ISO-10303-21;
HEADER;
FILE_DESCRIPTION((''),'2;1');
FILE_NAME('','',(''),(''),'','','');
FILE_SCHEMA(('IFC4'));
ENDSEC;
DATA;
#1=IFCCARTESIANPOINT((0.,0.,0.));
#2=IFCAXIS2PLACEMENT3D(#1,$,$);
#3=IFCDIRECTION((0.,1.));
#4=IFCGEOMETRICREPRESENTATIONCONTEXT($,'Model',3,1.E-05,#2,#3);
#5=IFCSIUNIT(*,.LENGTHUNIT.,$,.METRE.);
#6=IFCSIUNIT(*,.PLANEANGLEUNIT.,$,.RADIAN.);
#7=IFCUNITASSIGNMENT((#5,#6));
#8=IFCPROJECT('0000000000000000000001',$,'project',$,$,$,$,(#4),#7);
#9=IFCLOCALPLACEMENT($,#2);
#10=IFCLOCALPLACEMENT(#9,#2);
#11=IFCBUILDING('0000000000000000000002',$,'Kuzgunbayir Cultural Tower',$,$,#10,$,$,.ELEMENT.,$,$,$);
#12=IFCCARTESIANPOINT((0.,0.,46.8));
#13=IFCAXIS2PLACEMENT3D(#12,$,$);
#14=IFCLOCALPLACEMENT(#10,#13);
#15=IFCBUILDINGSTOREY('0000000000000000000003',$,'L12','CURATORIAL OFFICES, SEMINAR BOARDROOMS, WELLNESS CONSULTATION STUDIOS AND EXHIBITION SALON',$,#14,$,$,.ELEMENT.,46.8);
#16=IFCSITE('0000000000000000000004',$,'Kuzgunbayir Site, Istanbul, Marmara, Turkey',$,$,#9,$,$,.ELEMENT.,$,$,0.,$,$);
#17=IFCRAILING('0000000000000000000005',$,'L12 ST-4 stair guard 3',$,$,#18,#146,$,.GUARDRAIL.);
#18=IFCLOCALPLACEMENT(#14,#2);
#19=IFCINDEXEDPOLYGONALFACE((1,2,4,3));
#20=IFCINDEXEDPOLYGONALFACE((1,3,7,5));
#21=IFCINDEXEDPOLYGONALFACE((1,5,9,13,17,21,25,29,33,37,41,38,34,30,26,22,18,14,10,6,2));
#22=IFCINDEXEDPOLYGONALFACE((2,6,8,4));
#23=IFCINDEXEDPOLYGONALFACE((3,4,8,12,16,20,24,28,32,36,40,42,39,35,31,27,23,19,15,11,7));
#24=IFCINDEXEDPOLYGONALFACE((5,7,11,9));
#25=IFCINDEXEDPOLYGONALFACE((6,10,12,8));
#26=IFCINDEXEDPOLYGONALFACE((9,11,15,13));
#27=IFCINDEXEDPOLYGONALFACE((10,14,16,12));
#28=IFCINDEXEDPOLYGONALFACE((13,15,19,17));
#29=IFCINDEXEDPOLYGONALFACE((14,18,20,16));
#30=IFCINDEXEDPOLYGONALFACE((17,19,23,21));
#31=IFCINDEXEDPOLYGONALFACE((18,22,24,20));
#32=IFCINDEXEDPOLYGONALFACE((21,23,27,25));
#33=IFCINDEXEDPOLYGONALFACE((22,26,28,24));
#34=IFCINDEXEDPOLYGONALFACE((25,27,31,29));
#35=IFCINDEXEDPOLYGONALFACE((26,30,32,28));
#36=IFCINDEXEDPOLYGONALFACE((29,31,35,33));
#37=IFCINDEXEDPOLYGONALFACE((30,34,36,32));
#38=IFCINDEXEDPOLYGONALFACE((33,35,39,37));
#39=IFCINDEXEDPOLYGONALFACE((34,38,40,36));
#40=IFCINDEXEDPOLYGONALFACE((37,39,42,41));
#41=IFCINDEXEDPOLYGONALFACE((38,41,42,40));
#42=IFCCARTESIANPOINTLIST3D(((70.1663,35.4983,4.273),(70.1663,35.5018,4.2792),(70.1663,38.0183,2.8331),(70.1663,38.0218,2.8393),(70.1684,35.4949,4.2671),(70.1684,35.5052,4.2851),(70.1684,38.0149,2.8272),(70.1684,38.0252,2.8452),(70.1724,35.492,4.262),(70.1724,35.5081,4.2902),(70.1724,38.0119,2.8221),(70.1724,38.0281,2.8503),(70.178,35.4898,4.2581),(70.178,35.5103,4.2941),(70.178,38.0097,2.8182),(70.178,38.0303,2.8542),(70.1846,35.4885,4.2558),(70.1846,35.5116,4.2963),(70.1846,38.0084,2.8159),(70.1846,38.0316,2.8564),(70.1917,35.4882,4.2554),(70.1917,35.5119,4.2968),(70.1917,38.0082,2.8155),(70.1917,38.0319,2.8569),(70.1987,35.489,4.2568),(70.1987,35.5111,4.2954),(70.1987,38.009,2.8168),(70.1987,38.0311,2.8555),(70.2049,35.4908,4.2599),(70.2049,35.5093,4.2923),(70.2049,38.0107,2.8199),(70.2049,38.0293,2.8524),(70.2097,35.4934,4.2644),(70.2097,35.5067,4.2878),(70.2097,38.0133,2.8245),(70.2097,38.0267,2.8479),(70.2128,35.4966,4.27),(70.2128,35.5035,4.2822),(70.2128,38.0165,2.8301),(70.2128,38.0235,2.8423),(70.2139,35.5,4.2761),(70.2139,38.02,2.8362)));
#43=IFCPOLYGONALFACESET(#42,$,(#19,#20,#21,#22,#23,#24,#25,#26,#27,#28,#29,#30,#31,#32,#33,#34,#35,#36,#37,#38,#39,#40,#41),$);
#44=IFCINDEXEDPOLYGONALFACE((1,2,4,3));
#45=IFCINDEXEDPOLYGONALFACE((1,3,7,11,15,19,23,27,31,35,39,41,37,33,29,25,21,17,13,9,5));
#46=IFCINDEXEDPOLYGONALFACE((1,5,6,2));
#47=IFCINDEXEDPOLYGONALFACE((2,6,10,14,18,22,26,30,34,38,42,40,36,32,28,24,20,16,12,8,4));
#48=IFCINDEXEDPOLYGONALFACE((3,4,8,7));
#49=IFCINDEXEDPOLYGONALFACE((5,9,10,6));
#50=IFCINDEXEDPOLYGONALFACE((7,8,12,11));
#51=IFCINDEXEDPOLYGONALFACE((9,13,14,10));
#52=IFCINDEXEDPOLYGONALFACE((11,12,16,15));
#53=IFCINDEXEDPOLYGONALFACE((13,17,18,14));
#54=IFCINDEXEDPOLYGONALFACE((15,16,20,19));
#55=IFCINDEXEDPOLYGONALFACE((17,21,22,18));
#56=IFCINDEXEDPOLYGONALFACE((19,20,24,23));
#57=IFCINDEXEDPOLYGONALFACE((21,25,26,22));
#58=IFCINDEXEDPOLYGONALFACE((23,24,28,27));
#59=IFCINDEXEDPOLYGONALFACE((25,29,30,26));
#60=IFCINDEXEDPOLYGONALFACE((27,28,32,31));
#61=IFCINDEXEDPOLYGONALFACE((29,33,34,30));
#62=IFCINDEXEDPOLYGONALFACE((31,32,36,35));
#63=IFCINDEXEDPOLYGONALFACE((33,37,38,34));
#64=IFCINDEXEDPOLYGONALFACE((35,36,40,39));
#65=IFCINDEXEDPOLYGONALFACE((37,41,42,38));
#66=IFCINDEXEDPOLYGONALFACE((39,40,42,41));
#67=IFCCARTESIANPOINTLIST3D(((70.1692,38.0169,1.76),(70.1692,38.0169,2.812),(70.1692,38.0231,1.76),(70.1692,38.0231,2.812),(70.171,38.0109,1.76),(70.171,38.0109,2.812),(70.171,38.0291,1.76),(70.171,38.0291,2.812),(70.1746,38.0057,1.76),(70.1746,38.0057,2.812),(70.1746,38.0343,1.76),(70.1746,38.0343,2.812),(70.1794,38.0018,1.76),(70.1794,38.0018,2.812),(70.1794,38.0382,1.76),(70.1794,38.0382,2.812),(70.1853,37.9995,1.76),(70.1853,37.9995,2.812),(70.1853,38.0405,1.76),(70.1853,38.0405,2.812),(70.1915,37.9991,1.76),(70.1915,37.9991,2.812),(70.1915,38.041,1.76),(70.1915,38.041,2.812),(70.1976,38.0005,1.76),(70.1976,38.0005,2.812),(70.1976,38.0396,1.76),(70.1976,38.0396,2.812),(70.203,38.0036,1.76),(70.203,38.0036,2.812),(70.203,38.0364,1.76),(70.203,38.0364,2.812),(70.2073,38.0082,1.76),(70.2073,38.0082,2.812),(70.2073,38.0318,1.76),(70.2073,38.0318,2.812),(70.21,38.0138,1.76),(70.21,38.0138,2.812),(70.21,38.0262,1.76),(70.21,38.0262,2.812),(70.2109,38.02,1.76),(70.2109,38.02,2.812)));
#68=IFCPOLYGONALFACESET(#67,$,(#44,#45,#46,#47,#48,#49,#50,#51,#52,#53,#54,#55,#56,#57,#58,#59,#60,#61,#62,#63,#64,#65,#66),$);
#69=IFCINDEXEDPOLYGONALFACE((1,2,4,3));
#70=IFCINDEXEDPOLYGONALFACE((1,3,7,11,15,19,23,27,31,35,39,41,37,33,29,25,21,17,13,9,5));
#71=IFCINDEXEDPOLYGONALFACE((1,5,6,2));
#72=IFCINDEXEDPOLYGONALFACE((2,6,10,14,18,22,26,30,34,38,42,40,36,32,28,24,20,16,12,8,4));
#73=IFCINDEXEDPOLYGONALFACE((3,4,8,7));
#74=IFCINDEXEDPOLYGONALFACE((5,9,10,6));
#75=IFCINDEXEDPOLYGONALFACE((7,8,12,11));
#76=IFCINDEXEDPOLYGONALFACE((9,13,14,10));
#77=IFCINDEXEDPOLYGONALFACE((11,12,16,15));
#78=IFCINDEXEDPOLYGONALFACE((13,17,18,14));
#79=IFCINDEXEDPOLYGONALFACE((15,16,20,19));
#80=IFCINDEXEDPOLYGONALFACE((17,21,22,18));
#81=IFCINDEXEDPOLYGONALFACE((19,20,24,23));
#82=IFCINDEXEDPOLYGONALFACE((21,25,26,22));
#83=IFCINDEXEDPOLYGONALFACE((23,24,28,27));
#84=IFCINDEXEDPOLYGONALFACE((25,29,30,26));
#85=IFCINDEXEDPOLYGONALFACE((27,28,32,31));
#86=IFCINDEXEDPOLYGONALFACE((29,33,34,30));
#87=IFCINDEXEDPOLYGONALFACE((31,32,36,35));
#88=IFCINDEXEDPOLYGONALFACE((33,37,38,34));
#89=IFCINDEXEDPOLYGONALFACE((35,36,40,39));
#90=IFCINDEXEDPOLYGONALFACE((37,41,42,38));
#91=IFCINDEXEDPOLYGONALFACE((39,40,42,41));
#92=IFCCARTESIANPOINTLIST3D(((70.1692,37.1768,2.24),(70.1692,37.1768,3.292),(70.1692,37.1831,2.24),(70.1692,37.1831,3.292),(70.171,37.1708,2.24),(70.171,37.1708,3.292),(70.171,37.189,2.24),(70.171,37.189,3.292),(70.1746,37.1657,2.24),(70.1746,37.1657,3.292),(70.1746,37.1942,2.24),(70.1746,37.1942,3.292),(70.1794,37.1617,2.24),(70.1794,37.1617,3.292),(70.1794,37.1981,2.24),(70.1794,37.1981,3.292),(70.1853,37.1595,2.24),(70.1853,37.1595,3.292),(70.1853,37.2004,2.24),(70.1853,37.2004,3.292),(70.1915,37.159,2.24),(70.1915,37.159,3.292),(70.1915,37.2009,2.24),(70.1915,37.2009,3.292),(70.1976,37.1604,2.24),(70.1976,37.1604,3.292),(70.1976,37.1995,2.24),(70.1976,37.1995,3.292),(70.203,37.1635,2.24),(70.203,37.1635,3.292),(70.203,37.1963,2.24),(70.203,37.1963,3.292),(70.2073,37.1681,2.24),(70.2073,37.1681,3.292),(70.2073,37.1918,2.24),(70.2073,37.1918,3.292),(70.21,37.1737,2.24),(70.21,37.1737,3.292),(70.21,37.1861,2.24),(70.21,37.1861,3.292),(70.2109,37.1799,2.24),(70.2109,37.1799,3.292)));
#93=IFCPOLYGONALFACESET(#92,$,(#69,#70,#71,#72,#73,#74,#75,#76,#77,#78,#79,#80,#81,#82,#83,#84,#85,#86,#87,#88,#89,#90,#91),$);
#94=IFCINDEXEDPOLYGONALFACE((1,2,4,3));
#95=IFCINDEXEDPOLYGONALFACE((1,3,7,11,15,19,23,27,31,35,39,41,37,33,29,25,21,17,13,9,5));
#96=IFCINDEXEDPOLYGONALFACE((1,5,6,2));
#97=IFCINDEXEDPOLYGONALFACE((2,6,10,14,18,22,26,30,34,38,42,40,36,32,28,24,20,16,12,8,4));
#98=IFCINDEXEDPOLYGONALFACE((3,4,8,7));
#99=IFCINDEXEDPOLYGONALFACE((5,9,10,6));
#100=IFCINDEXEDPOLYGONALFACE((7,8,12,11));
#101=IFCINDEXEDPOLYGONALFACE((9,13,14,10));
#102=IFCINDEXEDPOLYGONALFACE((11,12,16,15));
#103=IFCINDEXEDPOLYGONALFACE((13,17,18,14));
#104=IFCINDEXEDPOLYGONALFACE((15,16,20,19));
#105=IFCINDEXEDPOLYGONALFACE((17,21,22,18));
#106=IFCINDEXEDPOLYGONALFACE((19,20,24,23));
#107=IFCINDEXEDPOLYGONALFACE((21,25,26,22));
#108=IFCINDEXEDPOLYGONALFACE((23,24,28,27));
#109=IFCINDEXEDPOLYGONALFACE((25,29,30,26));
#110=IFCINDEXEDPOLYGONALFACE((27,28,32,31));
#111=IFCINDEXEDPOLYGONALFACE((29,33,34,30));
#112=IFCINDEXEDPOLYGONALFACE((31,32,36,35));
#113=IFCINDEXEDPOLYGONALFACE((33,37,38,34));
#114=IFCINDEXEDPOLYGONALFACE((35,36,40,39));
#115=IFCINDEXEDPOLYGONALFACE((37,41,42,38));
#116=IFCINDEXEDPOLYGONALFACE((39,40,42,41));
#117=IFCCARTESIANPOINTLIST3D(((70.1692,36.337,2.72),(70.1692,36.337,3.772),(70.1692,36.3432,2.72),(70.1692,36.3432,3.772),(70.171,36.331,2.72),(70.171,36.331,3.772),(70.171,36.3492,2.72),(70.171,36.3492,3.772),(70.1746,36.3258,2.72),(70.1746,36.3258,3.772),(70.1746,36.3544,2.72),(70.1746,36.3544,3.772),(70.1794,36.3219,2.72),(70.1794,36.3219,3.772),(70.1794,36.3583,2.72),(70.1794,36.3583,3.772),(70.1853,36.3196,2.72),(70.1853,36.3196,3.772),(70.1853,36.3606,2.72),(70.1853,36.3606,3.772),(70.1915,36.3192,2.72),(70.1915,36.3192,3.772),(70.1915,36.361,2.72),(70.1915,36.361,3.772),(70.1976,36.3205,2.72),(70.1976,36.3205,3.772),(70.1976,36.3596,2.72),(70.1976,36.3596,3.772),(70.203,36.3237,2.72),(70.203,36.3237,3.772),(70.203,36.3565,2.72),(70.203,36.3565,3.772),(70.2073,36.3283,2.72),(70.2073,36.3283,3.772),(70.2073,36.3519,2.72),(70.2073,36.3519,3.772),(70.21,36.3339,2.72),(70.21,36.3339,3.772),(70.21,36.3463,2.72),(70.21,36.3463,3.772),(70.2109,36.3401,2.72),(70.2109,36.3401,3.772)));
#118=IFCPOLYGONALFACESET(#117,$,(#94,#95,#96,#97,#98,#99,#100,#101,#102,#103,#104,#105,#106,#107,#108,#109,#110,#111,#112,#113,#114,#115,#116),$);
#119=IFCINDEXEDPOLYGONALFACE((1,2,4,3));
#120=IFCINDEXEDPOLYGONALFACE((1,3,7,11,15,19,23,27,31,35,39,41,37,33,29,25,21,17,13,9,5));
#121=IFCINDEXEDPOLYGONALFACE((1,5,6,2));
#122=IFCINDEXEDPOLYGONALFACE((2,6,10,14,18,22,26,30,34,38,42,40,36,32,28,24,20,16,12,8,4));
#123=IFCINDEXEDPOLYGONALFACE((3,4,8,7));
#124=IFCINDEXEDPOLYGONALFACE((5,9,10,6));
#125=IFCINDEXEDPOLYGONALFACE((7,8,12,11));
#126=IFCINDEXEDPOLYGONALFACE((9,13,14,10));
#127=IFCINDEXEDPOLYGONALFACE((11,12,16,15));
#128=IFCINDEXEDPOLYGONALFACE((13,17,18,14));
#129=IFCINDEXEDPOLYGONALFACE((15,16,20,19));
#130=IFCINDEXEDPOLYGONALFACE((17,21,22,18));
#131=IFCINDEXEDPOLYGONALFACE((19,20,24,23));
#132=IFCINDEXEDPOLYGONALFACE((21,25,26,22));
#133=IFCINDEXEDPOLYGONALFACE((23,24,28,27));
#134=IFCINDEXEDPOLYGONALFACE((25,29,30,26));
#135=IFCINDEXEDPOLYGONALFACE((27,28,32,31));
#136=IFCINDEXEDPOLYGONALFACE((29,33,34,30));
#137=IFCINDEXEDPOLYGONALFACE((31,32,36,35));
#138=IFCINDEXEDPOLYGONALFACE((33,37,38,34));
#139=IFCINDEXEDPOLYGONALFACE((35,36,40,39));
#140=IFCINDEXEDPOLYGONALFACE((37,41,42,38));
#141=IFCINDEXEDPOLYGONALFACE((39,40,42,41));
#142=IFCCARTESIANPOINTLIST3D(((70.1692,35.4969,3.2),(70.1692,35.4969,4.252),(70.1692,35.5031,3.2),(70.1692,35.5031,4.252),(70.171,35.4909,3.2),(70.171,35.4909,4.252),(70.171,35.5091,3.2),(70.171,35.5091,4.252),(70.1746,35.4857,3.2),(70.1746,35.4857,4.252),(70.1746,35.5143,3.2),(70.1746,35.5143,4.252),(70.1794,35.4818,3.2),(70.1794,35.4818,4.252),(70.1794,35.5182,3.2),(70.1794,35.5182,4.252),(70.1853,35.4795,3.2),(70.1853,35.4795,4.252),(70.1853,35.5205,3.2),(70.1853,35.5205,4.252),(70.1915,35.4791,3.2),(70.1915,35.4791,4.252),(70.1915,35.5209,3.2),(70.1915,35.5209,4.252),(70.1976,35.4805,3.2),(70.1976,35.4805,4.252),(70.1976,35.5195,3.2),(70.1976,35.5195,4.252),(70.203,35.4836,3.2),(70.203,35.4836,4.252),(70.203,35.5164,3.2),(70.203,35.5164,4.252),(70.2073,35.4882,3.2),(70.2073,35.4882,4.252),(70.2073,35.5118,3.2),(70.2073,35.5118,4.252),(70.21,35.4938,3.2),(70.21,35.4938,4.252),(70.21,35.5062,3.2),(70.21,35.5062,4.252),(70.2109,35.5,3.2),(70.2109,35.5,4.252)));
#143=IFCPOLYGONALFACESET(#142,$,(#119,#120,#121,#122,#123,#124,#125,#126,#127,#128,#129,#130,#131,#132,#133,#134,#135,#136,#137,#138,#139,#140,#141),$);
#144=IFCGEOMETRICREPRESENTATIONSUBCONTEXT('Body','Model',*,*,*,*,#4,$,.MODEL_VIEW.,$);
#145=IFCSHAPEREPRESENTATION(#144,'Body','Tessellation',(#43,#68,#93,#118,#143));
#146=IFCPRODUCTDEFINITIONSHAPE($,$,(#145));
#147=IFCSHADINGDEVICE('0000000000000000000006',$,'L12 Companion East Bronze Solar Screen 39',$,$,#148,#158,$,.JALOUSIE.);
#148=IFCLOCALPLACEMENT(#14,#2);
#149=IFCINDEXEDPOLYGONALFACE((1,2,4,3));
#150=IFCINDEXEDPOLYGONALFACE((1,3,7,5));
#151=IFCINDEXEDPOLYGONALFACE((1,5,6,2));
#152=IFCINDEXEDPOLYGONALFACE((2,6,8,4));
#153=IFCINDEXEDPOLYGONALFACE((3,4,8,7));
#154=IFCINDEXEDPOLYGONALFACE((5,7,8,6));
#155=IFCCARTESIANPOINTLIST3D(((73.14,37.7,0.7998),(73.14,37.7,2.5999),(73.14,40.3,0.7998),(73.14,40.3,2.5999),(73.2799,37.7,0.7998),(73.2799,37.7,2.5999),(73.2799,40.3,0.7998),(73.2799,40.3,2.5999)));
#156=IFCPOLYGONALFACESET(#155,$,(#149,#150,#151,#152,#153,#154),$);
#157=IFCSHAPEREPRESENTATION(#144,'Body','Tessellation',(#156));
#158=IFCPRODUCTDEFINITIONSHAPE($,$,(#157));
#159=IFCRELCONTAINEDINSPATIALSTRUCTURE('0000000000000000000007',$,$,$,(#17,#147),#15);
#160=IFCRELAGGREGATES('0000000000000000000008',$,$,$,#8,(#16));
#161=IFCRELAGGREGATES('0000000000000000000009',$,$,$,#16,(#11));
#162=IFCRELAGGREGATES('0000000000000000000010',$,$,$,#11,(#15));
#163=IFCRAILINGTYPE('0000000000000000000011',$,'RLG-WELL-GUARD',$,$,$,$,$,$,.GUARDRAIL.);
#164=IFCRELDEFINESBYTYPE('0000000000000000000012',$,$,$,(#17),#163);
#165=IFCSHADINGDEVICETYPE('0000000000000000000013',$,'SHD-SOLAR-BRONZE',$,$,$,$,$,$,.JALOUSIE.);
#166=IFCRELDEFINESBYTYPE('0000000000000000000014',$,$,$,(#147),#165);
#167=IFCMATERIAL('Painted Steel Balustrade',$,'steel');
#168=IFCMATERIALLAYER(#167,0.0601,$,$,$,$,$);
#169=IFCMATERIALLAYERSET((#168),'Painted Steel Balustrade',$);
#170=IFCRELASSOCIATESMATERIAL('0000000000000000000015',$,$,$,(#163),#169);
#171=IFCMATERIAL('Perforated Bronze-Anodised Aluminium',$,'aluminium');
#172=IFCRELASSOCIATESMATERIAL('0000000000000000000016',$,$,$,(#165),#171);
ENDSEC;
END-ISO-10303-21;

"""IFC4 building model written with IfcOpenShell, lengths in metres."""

from ifc_helpers import new_model, si_unit, direction, frame, origin, origin_2d, place, context, subcontext, project, spatial, rectangle, circle, extrude, material, layer, layer_set, type_object, element, save


model = new_model("IFC4")

# Units and contexts
model_context = context("Model", 3, precision=1e-05, world=origin(), true_north=direction((0.0, 1.0)))
body_context = subcontext(model_context, "Body", "Model", "MODEL_VIEW")
ifc_project = project(units=[si_unit("LENGTHUNIT", "METRE"), si_unit("PLANEANGLEUNIT", "RADIAN")], contexts=[model_context])

# Site, building, storey
site_placement = place(None, origin())
site = spatial("IfcSite", under=ifc_project, at=site_placement, Name="Kuzgunbayir Site, Istanbul, Marmara, Turkey", CompositionType="ELEMENT", RefElevation=0.0)
building_placement = place(site_placement, origin())
building = spatial("IfcBuilding", under=site, at=building_placement, Name="Kuzgunbayir Cultural Tower", CompositionType="ELEMENT")
storey_placement = place(building_placement, frame((0.0, 0.0, 46.8)))
storey = spatial("IfcBuildingStorey", under=building, at=storey_placement, Name="L12", Description="CURATORIAL OFFICES, SEMINAR BOARDROOMS, WELLNESS CONSULTATION STUDIOS AND EXHIBITION SALON", CompositionType="ELEMENT", Elevation=46.8)

# Railing
ifc_material_1 = material(Name="Painted Steel Balustrade", Category="steel")
ifc_layer_1 = layer(ifc_material_1, 0.0601)
ifc_layer_set_1 = layer_set([ifc_layer_1], Name="Painted Steel Balustrade")
railing_type_1 = type_object("IfcRailingType", Name="RLG-WELL-GUARD", PredefinedType="GUARDRAIL", material=ifc_layer_set_1)
railing_1_placement = place(storey_placement, frame((70.1899, 38.02, 1.76)))
element("IfcRailing", 1, at=railing_1_placement, inside=storey, type_object=railing_type_1, Name="L12 ST-4 stair guard 3", PredefinedType="GUARDRAIL", context=body_context, shape_type="SweptSolid", body=[
    extrude(circle(Radius=0.0239, at=origin_2d()), frame((0.0, 0.0, 1.0762), z_axis=(0.0, -0.868253, 0.496121), x_axis=(1.0, 0.0, 0.0)), (0.0, 0.0, 1.0), 2.9023),
    extrude(circle(Radius=0.021, at=origin_2d()), origin(), (0.0, 0.0, 1.0), 1.052),
    extrude(circle(Radius=0.021, at=origin_2d()), frame((0.0, -0.8401, 0.48)), (0.0, 0.0, 1.0), 1.052),
    extrude(circle(Radius=0.021, at=origin_2d()), frame((0.0, -1.6799, 0.96)), (0.0, 0.0, 1.0), 1.052),
    extrude(circle(Radius=0.021, at=origin_2d()), frame((0.0, -2.52, 1.4399)), (0.0, 0.0, 1.0), 1.052),
])

# Shading device
ifc_material_2 = material(Name="Perforated Bronze-Anodised Aluminium", Category="aluminium")
shading_device_type = type_object("IfcShadingDeviceType", Name="SHD-SOLAR-BRONZE", PredefinedType="JALOUSIE", material=ifc_material_2)
shading_device_placement = place(storey_placement, frame((73.21, 39.0, 0.7998), z_axis=(0.0, 0.0, 1.0), x_axis=(1.0, 0.0, 0.0)))
element("IfcShadingDevice", 2, at=shading_device_placement, inside=storey, type_object=shading_device_type, Name="L12 Companion East Bronze Solar Screen 39", PredefinedType="JALOUSIE", context=body_context, shape_type="SweptSolid", body=[
    extrude(rectangle(XDim=0.1399, YDim=2.6001, at=origin_2d()), origin(), (0.0, 0.0, 1.0), 1.8),
])

save(model, "model.ifc")
